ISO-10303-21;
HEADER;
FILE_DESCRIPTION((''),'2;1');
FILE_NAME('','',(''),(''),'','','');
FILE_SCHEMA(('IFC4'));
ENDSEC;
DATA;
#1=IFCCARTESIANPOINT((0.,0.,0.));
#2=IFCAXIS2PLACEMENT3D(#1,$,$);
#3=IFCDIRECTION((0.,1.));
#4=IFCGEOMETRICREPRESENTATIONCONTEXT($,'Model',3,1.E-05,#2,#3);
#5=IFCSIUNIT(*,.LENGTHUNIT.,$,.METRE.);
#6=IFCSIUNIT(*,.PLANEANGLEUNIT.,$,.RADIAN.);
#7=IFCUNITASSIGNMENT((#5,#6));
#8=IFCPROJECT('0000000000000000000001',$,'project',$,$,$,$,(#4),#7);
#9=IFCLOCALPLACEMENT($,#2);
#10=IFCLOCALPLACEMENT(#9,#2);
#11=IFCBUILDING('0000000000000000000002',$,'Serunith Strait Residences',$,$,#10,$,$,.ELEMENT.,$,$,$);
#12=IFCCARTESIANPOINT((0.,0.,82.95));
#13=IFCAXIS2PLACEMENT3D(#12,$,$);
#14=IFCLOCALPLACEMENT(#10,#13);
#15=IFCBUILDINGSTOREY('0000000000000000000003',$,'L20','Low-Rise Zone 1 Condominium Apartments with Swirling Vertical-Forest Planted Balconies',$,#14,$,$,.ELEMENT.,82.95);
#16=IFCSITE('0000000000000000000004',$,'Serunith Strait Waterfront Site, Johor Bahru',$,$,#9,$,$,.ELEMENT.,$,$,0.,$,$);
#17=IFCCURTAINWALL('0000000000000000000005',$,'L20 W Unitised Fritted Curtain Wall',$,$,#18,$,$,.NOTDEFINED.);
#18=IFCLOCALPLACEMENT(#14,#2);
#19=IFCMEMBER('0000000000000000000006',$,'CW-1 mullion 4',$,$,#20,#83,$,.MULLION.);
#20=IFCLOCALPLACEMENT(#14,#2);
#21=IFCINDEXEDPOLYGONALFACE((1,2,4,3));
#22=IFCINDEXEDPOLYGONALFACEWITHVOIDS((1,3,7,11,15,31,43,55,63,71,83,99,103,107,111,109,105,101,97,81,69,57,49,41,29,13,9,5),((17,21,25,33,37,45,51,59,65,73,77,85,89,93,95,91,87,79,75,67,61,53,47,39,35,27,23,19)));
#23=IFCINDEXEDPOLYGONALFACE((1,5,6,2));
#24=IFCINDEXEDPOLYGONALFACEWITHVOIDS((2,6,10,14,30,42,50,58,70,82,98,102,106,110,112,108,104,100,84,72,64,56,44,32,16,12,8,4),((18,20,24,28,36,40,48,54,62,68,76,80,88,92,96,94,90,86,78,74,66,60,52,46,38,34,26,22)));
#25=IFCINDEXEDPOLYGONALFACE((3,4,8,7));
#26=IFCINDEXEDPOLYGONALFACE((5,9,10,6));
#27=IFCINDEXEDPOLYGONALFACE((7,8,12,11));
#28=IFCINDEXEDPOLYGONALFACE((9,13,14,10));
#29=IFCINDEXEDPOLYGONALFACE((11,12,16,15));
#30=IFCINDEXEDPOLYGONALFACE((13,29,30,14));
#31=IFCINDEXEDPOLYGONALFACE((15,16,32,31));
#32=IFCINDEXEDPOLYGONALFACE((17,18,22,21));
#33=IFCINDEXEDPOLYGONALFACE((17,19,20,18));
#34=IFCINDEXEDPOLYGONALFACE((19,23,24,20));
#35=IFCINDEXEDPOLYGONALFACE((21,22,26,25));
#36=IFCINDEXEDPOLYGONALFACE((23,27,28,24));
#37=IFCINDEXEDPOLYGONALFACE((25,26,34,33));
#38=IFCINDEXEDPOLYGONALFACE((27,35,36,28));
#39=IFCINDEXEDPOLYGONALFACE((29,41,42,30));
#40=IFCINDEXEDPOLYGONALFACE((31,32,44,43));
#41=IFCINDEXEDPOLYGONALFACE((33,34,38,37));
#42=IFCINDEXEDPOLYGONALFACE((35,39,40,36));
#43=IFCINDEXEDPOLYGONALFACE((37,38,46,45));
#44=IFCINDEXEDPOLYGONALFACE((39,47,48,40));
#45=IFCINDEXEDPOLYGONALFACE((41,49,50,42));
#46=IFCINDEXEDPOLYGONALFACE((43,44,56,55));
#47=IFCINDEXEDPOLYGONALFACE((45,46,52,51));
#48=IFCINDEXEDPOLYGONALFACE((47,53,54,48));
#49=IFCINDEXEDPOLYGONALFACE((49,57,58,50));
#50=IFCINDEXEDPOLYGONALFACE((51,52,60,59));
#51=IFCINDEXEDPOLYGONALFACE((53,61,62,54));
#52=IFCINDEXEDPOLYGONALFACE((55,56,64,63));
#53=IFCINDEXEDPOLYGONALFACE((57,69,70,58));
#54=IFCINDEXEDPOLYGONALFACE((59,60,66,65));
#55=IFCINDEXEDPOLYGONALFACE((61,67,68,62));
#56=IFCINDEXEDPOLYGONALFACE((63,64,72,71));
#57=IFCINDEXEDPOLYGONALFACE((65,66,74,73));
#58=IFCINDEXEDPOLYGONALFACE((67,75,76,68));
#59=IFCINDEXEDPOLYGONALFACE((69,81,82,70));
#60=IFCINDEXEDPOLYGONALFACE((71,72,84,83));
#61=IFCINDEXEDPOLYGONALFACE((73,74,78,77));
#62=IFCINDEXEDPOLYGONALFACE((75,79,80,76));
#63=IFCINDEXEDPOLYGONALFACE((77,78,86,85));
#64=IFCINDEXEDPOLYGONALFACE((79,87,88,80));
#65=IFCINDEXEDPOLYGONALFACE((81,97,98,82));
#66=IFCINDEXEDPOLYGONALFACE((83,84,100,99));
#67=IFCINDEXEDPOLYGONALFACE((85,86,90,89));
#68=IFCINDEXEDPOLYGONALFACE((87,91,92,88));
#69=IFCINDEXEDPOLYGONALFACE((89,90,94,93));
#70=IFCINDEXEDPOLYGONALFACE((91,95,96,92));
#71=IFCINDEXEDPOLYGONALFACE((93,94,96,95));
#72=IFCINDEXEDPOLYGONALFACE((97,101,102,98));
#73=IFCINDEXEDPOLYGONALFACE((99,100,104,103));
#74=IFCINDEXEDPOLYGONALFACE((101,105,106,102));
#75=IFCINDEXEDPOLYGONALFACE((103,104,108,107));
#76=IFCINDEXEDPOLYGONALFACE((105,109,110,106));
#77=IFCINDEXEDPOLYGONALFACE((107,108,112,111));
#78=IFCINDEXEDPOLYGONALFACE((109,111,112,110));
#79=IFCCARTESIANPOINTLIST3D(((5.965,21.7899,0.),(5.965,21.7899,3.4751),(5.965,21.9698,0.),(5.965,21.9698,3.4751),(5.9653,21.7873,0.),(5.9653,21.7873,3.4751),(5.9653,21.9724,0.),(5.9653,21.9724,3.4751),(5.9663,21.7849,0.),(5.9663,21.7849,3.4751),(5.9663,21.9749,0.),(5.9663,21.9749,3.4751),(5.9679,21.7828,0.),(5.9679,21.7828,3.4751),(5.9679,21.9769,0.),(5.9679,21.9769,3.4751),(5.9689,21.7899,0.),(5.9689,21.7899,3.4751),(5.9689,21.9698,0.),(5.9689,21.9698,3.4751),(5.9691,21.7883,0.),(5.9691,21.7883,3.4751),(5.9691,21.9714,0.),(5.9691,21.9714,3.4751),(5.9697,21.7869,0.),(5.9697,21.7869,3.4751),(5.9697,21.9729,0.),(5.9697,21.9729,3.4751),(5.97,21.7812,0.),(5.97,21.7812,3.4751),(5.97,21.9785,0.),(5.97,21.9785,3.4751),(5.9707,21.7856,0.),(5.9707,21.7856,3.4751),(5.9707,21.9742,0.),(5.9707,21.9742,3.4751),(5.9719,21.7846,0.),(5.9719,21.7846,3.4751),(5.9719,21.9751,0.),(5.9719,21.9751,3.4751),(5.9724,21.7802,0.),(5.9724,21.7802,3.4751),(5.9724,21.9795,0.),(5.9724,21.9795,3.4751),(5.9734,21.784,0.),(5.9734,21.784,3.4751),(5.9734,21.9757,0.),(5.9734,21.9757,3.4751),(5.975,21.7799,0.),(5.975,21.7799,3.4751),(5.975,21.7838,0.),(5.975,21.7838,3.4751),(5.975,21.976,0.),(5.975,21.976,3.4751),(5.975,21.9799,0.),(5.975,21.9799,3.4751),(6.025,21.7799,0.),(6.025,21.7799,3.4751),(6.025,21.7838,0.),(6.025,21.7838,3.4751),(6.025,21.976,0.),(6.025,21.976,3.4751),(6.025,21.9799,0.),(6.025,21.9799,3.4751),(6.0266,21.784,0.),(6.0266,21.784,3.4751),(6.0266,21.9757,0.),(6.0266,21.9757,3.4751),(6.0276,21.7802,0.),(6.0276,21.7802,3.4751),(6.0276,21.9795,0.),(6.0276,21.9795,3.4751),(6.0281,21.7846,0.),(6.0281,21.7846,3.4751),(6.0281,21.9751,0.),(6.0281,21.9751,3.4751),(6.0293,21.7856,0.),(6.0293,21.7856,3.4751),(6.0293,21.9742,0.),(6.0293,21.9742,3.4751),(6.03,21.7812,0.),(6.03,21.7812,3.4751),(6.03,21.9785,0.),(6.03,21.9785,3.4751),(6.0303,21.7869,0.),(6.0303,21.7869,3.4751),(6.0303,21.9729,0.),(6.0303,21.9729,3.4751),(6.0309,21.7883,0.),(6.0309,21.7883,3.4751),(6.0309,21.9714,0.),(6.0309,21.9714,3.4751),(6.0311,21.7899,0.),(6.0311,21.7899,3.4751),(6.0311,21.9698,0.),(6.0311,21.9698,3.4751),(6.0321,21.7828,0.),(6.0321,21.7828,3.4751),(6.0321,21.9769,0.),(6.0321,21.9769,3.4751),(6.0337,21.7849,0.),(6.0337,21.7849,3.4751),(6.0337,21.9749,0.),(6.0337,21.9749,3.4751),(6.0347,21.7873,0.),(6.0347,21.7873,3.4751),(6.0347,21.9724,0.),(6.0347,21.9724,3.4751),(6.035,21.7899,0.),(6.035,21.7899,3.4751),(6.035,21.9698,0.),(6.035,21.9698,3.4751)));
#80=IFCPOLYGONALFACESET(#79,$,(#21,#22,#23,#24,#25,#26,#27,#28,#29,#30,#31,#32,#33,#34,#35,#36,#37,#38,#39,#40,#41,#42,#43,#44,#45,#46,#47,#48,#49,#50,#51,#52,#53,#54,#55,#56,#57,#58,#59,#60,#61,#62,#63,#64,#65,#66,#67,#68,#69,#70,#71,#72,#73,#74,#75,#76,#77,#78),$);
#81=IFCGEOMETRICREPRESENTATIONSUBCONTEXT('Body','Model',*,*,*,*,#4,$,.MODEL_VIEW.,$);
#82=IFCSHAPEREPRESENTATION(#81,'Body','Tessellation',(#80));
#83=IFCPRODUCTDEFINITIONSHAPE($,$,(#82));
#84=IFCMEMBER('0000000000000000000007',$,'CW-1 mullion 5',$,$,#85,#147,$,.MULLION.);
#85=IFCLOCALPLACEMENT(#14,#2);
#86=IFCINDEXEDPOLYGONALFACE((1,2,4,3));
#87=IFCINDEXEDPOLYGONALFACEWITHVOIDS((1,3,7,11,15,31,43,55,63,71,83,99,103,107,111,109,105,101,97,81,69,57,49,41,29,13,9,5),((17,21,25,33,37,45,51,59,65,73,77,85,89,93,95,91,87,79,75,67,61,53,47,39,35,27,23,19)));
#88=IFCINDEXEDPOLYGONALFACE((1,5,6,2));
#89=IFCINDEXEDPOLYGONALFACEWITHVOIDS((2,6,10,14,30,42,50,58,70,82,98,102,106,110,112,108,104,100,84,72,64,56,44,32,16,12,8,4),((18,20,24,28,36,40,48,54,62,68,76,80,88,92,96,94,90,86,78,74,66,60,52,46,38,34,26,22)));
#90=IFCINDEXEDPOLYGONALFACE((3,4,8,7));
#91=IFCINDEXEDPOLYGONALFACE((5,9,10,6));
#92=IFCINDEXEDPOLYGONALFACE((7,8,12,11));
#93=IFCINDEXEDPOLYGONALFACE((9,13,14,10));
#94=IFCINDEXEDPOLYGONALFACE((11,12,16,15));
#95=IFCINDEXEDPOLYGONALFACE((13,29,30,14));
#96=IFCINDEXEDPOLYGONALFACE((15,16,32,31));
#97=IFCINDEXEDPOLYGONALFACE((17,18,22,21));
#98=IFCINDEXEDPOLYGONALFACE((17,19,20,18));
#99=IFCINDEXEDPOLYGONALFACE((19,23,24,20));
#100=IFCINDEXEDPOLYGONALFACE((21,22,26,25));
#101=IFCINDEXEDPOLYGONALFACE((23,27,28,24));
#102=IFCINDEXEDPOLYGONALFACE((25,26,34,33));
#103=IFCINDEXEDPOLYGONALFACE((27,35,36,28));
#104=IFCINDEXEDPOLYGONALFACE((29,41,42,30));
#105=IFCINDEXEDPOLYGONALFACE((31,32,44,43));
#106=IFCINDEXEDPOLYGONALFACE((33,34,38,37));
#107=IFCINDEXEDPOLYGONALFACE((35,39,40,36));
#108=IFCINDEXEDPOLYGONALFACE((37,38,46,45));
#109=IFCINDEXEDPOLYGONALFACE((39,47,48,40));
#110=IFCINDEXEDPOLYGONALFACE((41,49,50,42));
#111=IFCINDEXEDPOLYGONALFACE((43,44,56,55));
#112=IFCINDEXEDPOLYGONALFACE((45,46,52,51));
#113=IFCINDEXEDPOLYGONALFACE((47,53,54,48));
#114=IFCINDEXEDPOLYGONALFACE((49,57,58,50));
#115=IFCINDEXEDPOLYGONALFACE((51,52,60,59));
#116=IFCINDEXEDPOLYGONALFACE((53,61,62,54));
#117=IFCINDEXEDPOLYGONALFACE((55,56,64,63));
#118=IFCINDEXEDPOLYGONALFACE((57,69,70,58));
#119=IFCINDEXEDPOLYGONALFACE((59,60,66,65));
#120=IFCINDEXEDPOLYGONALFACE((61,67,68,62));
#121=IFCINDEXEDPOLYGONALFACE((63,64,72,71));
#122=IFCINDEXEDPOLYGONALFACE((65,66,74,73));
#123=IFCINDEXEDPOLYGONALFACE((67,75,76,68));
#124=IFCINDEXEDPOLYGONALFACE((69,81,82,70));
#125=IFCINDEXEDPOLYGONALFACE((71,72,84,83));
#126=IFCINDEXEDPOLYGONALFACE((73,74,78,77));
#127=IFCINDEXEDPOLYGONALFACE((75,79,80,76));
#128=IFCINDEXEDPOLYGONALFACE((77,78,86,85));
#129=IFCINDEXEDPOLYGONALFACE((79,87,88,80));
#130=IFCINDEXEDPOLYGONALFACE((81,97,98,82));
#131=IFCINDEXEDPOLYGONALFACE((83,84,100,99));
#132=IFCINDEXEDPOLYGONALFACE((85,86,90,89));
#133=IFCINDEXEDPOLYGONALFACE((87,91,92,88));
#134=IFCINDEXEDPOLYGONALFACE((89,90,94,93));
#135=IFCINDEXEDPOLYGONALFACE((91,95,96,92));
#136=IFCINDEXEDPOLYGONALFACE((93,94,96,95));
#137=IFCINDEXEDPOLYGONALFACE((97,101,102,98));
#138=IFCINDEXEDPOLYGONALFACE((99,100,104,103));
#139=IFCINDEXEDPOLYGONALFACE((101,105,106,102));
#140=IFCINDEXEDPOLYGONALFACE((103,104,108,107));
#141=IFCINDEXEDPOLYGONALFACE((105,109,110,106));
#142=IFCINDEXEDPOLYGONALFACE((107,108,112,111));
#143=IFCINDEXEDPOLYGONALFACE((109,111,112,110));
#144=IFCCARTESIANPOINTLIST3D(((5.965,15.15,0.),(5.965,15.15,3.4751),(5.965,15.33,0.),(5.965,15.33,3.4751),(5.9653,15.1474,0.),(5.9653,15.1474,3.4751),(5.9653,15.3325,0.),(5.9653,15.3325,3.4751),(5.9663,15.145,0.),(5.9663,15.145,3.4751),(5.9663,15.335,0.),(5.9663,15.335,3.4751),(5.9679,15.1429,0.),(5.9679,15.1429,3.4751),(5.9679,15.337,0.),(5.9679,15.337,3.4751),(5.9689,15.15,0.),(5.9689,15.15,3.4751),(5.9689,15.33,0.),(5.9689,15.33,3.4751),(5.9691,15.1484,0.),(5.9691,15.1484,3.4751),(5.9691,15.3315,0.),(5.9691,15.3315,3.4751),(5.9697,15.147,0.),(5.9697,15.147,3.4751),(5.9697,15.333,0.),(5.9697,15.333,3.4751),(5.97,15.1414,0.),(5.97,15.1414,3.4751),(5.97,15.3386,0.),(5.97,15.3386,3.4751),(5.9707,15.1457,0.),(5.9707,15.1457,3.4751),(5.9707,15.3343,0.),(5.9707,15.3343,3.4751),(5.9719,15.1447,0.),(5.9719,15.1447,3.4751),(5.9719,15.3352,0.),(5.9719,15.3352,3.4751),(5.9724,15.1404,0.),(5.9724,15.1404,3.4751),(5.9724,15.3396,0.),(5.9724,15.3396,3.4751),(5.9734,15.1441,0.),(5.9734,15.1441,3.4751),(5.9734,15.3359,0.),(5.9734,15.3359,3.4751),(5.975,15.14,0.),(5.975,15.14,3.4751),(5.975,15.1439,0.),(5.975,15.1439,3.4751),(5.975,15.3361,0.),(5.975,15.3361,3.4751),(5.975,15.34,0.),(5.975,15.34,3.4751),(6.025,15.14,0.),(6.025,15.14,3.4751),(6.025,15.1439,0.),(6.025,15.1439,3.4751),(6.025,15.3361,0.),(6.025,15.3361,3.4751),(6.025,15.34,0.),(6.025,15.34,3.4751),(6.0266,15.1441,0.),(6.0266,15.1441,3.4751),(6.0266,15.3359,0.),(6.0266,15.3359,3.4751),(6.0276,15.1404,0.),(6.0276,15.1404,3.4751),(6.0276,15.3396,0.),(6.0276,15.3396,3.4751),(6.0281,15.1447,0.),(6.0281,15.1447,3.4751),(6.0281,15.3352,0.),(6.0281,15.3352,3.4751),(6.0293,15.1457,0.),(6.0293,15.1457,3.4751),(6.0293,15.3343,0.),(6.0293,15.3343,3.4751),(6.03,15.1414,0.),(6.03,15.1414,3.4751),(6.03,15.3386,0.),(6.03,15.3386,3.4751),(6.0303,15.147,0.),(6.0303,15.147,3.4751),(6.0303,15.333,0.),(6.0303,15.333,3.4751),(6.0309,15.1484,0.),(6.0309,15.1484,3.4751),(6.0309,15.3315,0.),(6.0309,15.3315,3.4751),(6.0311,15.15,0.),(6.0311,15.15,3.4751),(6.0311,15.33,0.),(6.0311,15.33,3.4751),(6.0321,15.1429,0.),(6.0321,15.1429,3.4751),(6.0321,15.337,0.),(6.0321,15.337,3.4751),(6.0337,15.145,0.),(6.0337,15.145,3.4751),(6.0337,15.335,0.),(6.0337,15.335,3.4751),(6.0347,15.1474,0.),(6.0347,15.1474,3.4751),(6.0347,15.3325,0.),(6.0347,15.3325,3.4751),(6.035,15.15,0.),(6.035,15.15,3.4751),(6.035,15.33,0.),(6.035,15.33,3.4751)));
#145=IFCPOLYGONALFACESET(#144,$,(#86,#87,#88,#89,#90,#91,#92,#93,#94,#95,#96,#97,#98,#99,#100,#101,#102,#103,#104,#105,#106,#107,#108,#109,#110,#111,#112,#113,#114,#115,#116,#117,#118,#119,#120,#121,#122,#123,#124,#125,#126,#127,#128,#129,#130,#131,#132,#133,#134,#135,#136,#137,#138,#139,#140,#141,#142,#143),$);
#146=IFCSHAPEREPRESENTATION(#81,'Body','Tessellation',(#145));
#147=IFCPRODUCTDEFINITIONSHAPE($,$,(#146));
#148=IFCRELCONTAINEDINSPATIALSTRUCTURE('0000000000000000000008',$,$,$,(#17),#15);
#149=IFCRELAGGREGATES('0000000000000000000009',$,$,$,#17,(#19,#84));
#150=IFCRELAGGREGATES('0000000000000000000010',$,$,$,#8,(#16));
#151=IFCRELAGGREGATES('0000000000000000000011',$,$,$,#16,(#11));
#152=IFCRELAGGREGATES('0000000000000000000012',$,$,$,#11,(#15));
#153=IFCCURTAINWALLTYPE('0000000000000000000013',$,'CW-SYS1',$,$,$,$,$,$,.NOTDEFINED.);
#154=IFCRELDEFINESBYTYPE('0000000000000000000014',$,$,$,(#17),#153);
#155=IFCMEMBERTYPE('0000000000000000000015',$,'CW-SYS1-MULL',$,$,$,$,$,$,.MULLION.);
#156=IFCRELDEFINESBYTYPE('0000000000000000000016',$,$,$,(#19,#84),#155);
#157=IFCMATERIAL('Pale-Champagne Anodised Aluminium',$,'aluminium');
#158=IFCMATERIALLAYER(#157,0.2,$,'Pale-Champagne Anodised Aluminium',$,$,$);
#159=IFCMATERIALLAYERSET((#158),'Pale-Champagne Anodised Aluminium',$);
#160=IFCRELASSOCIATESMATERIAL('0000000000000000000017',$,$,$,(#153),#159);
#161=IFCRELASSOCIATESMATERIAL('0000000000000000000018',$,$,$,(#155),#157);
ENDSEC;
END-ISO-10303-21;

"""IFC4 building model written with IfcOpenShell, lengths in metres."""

from ifc_helpers import new_model, si_unit, direction, frame, origin, origin_2d, place, context, subcontext, project, spatial, hollow_rectangle, extrude, source, transform, mapped, material, layer, layer_set, material_profile, profile_set, type_object, element, aggregate, save


model = new_model("IFC4")

# Units and contexts
model_context = context("Model", 3, precision=1e-05, world=origin(), true_north=direction((0.0, 1.0)))
body_context = subcontext(model_context, "Body", "Model", "MODEL_VIEW")
ifc_project = project(units=[si_unit("LENGTHUNIT", "METRE"), si_unit("PLANEANGLEUNIT", "RADIAN")], contexts=[model_context])

# Site, building, storey
site_placement = place(None, origin())
site = spatial("IfcSite", under=ifc_project, at=site_placement, Name="Serunith Strait Waterfront Site, Johor Bahru", CompositionType="ELEMENT", RefElevation=0.0)
building_placement = place(site_placement, origin())
building = spatial("IfcBuilding", under=site, at=building_placement, Name="Serunith Strait Residences", CompositionType="ELEMENT")
storey_placement = place(building_placement, frame((0.0, 0.0, 82.95)))
storey = spatial("IfcBuildingStorey", under=building, at=storey_placement, Name="L20", Description="Low-Rise Zone 1 Condominium Apartments with Swirling Vertical-Forest Planted Balconies", CompositionType="ELEMENT", Elevation=82.95)

# Curtain wall, members
ifc_material_1 = material(Name="Pale-Champagne Anodised Aluminium", Category="aluminium")
ifc_layer_1 = layer(ifc_material_1, 0.2, Name="Pale-Champagne Anodised Aluminium")
ifc_layer_set_1 = layer_set([ifc_layer_1], Name="Pale-Champagne Anodised Aluminium")
curtain_wall_type = type_object("IfcCurtainWallType", Name="CW-SYS1", PredefinedType="NOTDEFINED", material=ifc_layer_set_1)
curtain_wall_placement = place(storey_placement, origin())
curtain_wall = element("IfcCurtainWall", 1, at=curtain_wall_placement, inside=storey, type_object=curtain_wall_type, Name="L20 W Unitised Fritted Curtain Wall", PredefinedType="NOTDEFINED")
ifc_material_profile_1 = material_profile(ifc_material_1, hollow_rectangle(XDim=0.0701, YDim=0.2, WallThickness=0.0039, InnerFilletRadius=0.0061, OuterFilletRadius=0.01, at=origin_2d()), Name="ALU 200x70x4")
ifc_profile_set_1 = profile_set([ifc_material_profile_1], Name="Pale-Champagne Anodised Aluminium")
member_type_1 = type_object("IfcMemberType", Name="CW-SYS1-MULL", PredefinedType="MULLION", material=ifc_profile_set_1)
shared_shape_1 = source(origin(), body_context, "Body", "SweptSolid", [
    extrude(hollow_rectangle(XDim=0.0701, YDim=0.2, WallThickness=0.0039, InnerFilletRadius=0.0061, OuterFilletRadius=0.01, at=origin_2d()), origin(), (0.0, 0.0, 1.0), 3.4751),
])
member_1_placement = place(storey_placement, frame((6.0, 21.8799, 0.0), z_axis=(0.0, 0.0, 1.0), x_axis=(1.0, 0.0, 0.0)))
member_1 = element("IfcMember", 2, at=member_1_placement, type_object=member_type_1, Name="CW-1 mullion 4", PredefinedType="MULLION", context=body_context, shape_type="MappedRepresentation", body=[
    mapped(shared_shape_1, transform((0.0, 0.0, 0.0), scale=1.0)),
])
member_2_placement = place(storey_placement, frame((6.0, 15.24, 0.0), z_axis=(0.0, 0.0, 1.0), x_axis=(1.0, 0.0, 0.0)))
member_2 = element("IfcMember", 3, at=member_2_placement, type_object=member_type_1, Name="CW-1 mullion 5", PredefinedType="MULLION", context=body_context, shape_type="MappedRepresentation", body=[
    mapped(shared_shape_1, transform((0.0, 0.0, 0.0), scale=1.0)),
])
aggregate(curtain_wall, [member_1, member_2])

save(model, "model.ifc")
